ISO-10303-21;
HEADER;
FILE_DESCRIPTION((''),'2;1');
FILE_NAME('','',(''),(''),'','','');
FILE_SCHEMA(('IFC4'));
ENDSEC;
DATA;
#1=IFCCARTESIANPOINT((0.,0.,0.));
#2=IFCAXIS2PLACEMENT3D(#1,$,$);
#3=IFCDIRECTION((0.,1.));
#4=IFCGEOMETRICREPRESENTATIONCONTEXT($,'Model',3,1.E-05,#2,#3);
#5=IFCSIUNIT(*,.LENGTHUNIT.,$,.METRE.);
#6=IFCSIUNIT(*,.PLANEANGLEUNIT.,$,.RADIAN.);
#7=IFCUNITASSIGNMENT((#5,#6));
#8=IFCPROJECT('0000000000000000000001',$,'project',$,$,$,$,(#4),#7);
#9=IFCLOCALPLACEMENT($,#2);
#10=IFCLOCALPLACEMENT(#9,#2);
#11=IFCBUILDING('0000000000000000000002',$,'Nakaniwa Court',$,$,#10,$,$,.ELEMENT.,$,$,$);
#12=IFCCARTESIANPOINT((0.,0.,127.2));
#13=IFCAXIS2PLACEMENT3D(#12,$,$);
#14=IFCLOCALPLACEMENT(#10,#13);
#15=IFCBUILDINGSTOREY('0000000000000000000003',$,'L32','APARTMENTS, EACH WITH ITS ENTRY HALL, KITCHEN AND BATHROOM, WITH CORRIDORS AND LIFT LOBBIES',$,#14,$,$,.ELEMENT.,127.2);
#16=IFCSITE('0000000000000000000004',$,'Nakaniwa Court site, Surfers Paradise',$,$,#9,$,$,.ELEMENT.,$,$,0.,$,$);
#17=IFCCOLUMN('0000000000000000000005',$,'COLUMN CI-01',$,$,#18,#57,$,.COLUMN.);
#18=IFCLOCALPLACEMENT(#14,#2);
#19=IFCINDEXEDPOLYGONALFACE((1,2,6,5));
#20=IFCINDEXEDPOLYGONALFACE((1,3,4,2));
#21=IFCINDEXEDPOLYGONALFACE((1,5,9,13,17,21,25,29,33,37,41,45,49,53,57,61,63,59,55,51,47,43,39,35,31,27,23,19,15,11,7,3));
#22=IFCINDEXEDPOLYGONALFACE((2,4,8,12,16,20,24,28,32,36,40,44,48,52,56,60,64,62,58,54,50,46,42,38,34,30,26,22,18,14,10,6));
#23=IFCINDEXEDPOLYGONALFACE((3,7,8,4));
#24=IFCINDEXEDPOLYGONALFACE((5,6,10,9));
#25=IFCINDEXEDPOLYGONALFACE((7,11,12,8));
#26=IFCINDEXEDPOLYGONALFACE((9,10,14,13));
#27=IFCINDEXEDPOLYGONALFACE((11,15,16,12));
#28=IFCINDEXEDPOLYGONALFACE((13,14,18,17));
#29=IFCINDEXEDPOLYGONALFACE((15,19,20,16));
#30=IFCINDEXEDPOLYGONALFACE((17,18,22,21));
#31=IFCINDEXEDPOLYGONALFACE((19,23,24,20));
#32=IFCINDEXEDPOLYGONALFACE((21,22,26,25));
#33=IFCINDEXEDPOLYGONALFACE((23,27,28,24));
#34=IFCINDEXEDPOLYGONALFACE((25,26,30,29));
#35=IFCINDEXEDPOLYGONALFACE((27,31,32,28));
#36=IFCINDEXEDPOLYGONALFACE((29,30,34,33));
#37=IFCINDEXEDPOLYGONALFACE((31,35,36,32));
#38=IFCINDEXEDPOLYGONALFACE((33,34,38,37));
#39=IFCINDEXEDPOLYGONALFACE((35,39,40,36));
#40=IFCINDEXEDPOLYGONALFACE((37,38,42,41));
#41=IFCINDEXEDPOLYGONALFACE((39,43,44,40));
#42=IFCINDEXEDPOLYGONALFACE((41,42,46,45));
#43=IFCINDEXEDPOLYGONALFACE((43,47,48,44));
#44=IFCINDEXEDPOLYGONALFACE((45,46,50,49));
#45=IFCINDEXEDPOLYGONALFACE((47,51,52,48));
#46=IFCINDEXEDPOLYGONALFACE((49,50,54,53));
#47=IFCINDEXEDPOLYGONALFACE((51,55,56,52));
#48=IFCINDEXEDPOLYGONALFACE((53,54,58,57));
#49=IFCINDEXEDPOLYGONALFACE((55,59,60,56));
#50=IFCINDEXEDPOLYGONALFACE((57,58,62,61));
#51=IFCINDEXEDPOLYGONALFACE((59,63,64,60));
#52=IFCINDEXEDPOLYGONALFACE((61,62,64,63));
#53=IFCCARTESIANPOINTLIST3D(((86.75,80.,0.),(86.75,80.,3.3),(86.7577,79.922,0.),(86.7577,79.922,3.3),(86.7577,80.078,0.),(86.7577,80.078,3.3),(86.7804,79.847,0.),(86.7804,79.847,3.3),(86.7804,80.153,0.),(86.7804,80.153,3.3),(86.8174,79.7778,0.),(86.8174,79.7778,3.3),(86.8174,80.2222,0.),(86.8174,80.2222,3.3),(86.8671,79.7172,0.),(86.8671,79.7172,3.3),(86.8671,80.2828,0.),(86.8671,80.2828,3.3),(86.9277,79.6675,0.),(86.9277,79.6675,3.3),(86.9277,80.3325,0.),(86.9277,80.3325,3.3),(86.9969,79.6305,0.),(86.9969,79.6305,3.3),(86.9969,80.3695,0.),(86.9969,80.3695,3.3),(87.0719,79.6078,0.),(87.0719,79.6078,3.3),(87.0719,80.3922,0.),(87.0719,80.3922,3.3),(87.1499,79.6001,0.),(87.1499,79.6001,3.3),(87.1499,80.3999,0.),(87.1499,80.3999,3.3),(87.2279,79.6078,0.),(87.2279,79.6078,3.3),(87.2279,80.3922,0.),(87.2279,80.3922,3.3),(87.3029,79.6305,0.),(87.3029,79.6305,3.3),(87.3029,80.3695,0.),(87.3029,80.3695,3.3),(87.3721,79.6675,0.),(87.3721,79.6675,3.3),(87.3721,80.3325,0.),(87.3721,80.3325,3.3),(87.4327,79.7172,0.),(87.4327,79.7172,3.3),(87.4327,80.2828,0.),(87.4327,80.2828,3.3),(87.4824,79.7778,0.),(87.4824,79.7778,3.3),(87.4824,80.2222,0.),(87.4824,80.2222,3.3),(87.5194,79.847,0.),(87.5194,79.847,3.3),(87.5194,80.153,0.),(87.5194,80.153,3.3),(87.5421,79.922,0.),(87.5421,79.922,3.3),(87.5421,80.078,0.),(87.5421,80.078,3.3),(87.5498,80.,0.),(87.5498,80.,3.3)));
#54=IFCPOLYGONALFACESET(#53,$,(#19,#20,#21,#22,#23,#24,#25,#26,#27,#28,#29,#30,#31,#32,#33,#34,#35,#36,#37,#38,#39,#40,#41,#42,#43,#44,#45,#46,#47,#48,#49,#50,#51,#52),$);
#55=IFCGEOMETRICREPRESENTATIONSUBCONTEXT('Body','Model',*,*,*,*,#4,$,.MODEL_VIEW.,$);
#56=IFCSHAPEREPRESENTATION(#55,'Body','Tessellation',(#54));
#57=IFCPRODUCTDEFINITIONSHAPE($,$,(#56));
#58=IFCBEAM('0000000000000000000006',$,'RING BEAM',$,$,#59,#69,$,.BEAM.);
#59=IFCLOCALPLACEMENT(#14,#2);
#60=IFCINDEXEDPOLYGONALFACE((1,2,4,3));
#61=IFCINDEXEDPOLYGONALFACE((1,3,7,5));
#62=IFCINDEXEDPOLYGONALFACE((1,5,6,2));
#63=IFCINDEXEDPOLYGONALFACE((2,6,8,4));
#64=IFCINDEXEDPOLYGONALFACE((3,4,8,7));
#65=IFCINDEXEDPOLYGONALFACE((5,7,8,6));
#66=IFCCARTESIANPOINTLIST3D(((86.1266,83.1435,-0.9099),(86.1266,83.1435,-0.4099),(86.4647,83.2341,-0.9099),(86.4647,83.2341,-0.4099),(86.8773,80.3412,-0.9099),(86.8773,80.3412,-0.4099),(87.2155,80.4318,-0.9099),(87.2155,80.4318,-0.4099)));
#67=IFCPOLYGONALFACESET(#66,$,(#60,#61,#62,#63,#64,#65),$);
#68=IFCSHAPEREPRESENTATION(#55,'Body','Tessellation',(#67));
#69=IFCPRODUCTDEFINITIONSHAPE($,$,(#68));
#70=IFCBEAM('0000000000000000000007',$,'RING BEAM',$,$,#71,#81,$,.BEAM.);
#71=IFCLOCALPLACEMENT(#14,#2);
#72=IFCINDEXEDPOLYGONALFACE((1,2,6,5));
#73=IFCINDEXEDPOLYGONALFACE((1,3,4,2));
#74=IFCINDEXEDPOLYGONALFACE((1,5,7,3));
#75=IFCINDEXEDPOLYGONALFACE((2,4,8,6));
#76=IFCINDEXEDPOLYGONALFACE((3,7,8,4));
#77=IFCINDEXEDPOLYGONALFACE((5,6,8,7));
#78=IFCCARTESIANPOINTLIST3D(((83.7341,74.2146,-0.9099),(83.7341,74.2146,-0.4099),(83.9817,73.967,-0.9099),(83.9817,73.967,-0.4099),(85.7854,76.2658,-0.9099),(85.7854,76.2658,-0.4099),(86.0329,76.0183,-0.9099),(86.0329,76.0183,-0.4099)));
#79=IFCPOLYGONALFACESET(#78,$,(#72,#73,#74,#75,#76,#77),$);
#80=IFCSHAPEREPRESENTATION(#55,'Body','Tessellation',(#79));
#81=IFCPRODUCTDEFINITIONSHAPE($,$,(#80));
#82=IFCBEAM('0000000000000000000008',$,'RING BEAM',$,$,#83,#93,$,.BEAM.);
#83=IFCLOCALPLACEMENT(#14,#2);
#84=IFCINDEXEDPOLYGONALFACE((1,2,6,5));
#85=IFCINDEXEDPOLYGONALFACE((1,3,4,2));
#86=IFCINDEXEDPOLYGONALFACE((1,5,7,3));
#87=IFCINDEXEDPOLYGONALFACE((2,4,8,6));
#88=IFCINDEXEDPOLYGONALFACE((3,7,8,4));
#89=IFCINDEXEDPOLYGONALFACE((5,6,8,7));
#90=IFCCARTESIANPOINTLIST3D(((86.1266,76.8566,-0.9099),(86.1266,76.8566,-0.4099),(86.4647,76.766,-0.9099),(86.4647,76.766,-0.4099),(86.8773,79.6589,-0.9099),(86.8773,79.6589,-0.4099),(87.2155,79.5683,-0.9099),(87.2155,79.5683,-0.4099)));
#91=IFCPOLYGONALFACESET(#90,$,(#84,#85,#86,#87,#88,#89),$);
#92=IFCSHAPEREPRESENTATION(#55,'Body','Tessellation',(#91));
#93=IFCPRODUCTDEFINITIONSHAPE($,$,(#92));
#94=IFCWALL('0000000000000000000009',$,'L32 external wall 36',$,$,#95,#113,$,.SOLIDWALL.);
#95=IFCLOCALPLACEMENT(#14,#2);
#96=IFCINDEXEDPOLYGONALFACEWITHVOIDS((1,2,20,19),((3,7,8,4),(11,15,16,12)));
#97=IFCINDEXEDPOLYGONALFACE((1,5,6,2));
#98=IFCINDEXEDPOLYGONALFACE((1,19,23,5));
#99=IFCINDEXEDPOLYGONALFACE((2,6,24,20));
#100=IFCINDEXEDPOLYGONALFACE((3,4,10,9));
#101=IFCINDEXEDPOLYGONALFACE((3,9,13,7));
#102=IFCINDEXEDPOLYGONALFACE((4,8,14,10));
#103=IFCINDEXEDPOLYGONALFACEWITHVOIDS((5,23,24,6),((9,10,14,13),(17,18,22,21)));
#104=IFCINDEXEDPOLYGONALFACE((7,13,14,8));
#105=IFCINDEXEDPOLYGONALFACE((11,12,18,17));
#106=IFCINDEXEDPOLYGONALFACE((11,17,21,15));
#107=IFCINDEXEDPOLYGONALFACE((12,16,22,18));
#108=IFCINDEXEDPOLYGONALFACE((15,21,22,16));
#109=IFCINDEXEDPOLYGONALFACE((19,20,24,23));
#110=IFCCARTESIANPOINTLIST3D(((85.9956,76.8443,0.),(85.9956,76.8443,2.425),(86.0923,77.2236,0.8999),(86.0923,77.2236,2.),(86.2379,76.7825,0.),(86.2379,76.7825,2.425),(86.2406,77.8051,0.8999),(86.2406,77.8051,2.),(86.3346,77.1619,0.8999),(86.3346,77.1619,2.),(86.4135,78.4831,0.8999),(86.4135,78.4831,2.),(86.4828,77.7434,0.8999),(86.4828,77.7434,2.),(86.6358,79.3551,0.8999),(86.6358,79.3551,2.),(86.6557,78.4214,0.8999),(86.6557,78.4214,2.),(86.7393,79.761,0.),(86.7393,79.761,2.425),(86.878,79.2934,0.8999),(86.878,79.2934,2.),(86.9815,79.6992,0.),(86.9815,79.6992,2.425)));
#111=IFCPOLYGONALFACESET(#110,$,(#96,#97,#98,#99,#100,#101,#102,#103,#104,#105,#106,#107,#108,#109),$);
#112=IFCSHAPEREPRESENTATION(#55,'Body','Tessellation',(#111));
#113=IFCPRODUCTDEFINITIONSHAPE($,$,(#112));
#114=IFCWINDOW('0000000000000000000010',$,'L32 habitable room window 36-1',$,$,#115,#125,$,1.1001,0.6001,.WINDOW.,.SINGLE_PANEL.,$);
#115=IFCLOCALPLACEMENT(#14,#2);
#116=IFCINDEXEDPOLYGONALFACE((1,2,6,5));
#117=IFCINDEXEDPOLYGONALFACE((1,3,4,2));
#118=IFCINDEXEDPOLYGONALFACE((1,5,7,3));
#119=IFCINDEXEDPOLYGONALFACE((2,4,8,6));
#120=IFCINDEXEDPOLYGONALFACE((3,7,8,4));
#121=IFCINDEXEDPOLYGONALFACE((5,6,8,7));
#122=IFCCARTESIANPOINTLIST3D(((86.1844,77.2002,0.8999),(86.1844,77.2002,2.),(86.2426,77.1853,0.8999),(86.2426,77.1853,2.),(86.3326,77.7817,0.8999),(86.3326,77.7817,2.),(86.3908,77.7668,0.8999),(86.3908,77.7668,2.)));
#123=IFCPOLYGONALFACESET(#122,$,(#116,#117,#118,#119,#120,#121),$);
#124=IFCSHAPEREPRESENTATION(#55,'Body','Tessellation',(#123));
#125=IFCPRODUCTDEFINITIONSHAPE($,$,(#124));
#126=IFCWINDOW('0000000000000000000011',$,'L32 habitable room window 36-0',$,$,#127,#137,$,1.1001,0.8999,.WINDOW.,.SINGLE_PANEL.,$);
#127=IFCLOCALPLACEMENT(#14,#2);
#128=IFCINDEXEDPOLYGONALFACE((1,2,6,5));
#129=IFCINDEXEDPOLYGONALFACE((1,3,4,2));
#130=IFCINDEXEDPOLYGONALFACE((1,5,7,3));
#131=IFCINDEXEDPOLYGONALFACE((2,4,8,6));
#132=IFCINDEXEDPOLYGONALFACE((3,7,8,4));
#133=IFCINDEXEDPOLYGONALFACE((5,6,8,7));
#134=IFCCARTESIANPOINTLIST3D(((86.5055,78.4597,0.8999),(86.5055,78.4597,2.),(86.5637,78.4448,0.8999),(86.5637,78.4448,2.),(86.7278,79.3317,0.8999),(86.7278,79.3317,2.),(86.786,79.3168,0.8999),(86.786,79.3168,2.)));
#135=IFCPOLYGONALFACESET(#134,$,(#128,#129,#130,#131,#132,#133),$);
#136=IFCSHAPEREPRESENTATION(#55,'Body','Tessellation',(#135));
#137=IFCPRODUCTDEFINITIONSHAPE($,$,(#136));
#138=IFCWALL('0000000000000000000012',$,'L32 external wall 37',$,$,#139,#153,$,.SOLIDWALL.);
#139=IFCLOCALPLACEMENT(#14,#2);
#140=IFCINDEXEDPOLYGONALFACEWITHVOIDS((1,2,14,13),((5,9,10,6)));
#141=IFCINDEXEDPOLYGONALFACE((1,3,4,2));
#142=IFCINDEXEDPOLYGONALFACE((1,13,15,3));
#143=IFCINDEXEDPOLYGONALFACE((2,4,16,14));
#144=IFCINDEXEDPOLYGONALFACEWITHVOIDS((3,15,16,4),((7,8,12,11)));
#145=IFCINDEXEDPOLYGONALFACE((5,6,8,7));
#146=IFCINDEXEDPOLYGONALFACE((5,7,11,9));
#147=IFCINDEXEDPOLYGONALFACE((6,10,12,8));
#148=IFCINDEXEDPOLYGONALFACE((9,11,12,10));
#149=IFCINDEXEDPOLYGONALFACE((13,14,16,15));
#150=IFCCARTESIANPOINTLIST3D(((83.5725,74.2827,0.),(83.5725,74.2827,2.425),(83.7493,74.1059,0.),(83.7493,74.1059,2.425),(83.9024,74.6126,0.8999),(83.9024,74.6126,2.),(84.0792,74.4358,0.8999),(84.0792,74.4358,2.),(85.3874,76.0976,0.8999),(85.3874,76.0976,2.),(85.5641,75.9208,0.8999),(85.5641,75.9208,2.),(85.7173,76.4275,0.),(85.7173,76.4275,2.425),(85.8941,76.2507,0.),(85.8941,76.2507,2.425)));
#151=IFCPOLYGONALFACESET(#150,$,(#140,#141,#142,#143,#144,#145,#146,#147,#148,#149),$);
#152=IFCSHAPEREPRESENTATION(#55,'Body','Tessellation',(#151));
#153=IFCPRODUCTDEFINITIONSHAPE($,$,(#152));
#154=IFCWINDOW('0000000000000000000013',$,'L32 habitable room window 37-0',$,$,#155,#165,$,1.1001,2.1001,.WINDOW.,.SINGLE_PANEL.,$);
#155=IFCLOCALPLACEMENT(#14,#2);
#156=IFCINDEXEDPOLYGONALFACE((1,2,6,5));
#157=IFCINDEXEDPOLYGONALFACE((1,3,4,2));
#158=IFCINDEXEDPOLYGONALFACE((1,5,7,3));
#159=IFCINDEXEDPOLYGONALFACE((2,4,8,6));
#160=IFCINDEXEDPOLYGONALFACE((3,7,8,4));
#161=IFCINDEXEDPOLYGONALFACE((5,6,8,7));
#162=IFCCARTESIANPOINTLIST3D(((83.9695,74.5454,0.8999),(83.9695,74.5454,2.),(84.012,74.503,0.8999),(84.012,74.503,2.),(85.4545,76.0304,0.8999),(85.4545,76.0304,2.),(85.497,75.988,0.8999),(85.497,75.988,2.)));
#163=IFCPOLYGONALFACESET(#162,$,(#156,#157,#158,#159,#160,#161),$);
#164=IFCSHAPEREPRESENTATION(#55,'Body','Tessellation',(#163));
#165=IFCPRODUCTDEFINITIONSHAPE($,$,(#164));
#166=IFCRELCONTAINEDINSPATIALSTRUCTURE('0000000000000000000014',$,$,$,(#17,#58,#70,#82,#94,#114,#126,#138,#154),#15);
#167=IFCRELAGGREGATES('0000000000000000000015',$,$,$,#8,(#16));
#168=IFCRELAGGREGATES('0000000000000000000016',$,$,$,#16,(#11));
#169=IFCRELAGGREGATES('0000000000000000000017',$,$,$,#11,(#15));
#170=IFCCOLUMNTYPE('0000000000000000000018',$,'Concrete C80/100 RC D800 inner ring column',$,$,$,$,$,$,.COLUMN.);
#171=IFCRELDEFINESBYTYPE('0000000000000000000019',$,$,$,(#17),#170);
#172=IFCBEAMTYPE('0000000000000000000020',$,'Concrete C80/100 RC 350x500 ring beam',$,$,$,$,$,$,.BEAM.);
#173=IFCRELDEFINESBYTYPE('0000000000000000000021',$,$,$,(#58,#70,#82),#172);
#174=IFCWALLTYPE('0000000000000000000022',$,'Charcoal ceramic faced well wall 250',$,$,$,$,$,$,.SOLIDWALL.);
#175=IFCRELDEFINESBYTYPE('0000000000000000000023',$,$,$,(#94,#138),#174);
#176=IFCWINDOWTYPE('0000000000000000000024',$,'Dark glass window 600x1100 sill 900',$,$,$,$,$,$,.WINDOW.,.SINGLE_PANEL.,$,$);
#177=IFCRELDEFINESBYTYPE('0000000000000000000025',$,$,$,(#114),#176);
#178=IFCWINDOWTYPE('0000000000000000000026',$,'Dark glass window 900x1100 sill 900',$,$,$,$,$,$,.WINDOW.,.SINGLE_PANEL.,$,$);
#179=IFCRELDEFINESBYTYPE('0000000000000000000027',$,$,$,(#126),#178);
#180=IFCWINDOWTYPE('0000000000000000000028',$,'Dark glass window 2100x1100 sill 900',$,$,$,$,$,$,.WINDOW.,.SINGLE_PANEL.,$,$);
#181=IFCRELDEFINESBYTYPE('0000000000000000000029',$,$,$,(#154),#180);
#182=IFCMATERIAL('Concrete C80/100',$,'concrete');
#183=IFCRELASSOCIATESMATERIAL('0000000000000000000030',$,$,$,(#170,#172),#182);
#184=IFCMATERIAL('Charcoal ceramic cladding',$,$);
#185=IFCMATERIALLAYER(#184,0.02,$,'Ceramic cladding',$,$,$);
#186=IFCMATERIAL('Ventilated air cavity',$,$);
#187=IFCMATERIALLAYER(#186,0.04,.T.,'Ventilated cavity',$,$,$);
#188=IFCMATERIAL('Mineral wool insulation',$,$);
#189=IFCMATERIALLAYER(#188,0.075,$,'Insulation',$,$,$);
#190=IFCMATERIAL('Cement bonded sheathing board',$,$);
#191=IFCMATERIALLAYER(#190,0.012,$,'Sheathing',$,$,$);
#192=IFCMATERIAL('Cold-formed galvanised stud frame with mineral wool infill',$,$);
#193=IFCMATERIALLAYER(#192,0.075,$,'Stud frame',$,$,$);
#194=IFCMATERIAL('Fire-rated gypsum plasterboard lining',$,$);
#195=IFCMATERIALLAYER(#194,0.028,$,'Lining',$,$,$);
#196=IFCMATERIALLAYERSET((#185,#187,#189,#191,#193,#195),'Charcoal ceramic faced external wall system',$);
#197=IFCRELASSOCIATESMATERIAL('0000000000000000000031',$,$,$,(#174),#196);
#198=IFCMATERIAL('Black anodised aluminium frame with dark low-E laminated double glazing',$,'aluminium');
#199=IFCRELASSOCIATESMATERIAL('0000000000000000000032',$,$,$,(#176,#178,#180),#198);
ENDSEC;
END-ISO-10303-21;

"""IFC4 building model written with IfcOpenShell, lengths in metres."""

from ifc_helpers import new_model, si_unit, direction, frame, frame_2d, origin, origin_2d, place, context, subcontext, project, spatial, rectangle, circle, extrude, material, layer, layer_set, material_profile, profile_set, type_object, element, fill, save


model = new_model("IFC4")

# Units and contexts
model_context = context("Model", 3, precision=1e-05, world=origin(), true_north=direction((0.0, 1.0)))
body_context = subcontext(model_context, "Body", "Model", "MODEL_VIEW")
ifc_project = project(units=[si_unit("LENGTHUNIT", "METRE"), si_unit("PLANEANGLEUNIT", "RADIAN")], contexts=[model_context])

# Site, building, storey
site_placement = place(None, origin())
site = spatial("IfcSite", under=ifc_project, at=site_placement, Name="Nakaniwa Court site, Surfers Paradise", CompositionType="ELEMENT", RefElevation=0.0)
building_placement = place(site_placement, origin())
building = spatial("IfcBuilding", under=site, at=building_placement, Name="Nakaniwa Court", CompositionType="ELEMENT")
storey_placement = place(building_placement, frame((0.0, 0.0, 127.2)))
storey = spatial("IfcBuildingStorey", under=building, at=storey_placement, Name="L32", Description="APARTMENTS, EACH WITH ITS ENTRY HALL, KITCHEN AND BATHROOM, WITH CORRIDORS AND LIFT LOBBIES", CompositionType="ELEMENT", Elevation=127.2)

# Column
ifc_material_1 = material(Name="Concrete C80/100", Category="concrete")
ifc_material_profile_1 = material_profile(ifc_material_1, circle(Radius=0.3999, at=origin_2d()), Name="Concrete C80/100 RC D800 inner ring column")
ifc_profile_set_1 = profile_set([ifc_material_profile_1], Name="Concrete C80/100")
column_type = type_object("IfcColumnType", Name="Concrete C80/100 RC D800 inner ring column", PredefinedType="COLUMN", material=ifc_profile_set_1)
for number, where, z_axis, x_axis, name in (
    (1, (87.1499, 80.0, 0.0), (0.0, 0.0, 1.0), (0.0, 1.0, 0.0), "COLUMN CI-01"),
):
    element("IfcColumn", number, at=place(storey_placement, frame(where, z_axis=z_axis, x_axis=x_axis)), inside=storey, type_object=column_type, Name=name, PredefinedType="COLUMN", context=body_context, shape_type="SweptSolid", body=[
        extrude(circle(Radius=0.3999, at=origin_2d()), origin(), (0.0, 0.0, 1.0), 3.3),
    ])

# Beams
ifc_material_profile_2 = material_profile(ifc_material_1, rectangle(XDim=0.3501, YDim=0.5, at=origin_2d()), Name="Concrete C80/100 RC 350x500 ring beam")
ifc_profile_set_2 = profile_set([ifc_material_profile_2], Name="Concrete C80/100")
beam_type = type_object("IfcBeamType", Name="Concrete C80/100 RC 350x500 ring beam", PredefinedType="BEAM", material=ifc_profile_set_2)
beam_1_placement = place(storey_placement, frame((87.0464, 80.3865, -0.6599), z_axis=(-0.258778, 0.965937, 0.0), x_axis=(-0.965937, -0.258778, 0.0)))
element("IfcBeam", 2, at=beam_1_placement, inside=storey, type_object=beam_type, Name="RING BEAM", PredefinedType="BEAM", context=body_context, shape_type="SweptSolid", body=[
    extrude(rectangle(XDim=0.3501, YDim=0.5, at=origin_2d()), origin(), (0.0, 0.0, 1.0), 2.9011),
])
beam_2_placement = place(storey_placement, frame((83.8579, 74.0908, -0.6599), z_axis=(0.707107, 0.707107, 0.0), x_axis=(-0.707107, 0.707107, 0.0)))
element("IfcBeam", 3, at=beam_2_placement, inside=storey, type_object=beam_type, Name="RING BEAM", PredefinedType="BEAM", context=body_context, shape_type="SweptSolid", body=[
    extrude(rectangle(XDim=0.3501, YDim=0.5, at=origin_2d()), origin(), (0.0, 0.0, 1.0), 2.9009),
])
beam_3_placement = place(storey_placement, frame((86.2957, 76.8113, -0.6599), z_axis=(0.258778, 0.965937, 0.0), x_axis=(-0.965937, 0.258778, 0.0)))
element("IfcBeam", 4, at=beam_3_placement, inside=storey, type_object=beam_type, Name="RING BEAM", PredefinedType="BEAM", context=body_context, shape_type="SweptSolid", body=[
    extrude(rectangle(XDim=0.3501, YDim=0.5, at=origin_2d()), origin(), (0.0, 0.0, 1.0), 2.9011),
])

# Wall, openings, windows
ifc_material_2 = material(Name="Charcoal ceramic cladding")
ifc_layer_1 = layer(ifc_material_2, 0.02, Name="Ceramic cladding")
ifc_material_3 = material(Name="Ventilated air cavity")
ifc_layer_2 = layer(ifc_material_3, 0.04, ventilated=True, Name="Ventilated cavity")
ifc_material_4 = material(Name="Mineral wool insulation")
ifc_layer_3 = layer(ifc_material_4, 0.075, Name="Insulation")
ifc_material_5 = material(Name="Cement bonded sheathing board")
ifc_layer_4 = layer(ifc_material_5, 0.012, Name="Sheathing")
ifc_material_6 = material(Name="Cold-formed galvanised stud frame with mineral wool infill")
ifc_layer_5 = layer(ifc_material_6, 0.075, Name="Stud frame")
ifc_material_7 = material(Name="Fire-rated gypsum plasterboard lining")
ifc_layer_6 = layer(ifc_material_7, 0.028, Name="Lining")
ifc_layer_set_1 = layer_set([ifc_layer_1, ifc_layer_2, ifc_layer_3, ifc_layer_4, ifc_layer_5, ifc_layer_6], Name="Charcoal ceramic faced external wall system")
wall_type_1 = type_object("IfcWallType", Name="Charcoal ceramic faced well wall 250", PredefinedType="SOLIDWALL", material=ifc_layer_set_1)
wall_1_placement = place(storey_placement, frame((86.8604, 79.73, 0.0), z_axis=(0.0, 0.0, 1.0), x_axis=(-0.247056, -0.969001, 0.0)))
wall_1 = element("IfcWall", 5, at=wall_1_placement, inside=storey, type_object=wall_type_1, Name="L32 external wall 36", PredefinedType="SOLIDWALL", context=body_context, shape_type="SweptSolid", body=[
    extrude(rectangle(XDim=3.01, YDim=0.25, at=frame_2d((1.5049, 0.0))), origin(), (0.0, 0.0, 1.0), 2.425),
])
opening_1_placement = place(wall_1_placement, frame((0.4187, 0.0, 0.8999)))
opening_1 = element("IfcOpeningElement", 6, at=opening_1_placement, cuts=wall_1, PredefinedType="OPENING", context=body_context, shape_type="SweptSolid", body=[
    extrude(rectangle(XDim=0.8999, YDim=1.1001, at=frame_2d((0.45, 0.55))), frame((0.0, 0.135, 0.0), z_axis=(0.0, -1.0, 0.0), x_axis=(1.0, 0.0, 0.0)), (0.0, 0.0, 1.0), 0.27),
])
opening_2_placement = place(wall_1_placement, frame((2.0183, 0.0, 0.8999)))
opening_2 = element("IfcOpeningElement", 7, at=opening_2_placement, cuts=wall_1, PredefinedType="OPENING", context=body_context, shape_type="SweptSolid", body=[
    extrude(rectangle(XDim=0.6001, YDim=1.1001, at=frame_2d((0.3, 0.55))), frame((0.0, 0.135, 0.0), z_axis=(0.0, -1.0, 0.0), x_axis=(1.0, 0.0, 0.0)), (0.0, 0.0, 1.0), 0.27),
])
ifc_material_8 = material(Name="Black anodised aluminium frame with dark low-E laminated double glazing", Category="aluminium")
window_type_1 = type_object("IfcWindowType", Name="Dark glass window 600x1100 sill 900", PartitioningType="SINGLE_PANEL", PredefinedType="WINDOW", material=ifc_material_8)
window_1_placement = place(opening_2_placement, origin())
window_1 = element("IfcWindow", 8, at=window_1_placement, inside=storey, type_object=window_type_1, Name="L32 habitable room window 36-1", OverallHeight=1.1001, OverallWidth=0.6001, PartitioningType="SINGLE_PANEL", PredefinedType="WINDOW", context=body_context, shape_type="SweptSolid", body=[
    extrude(rectangle(XDim=0.6001, YDim=1.1001, at=frame_2d((0.3, 0.55))), frame((0.0, 0.03, 0.0), z_axis=(0.0, -1.0, 0.0), x_axis=(1.0, 0.0, 0.0)), (0.0, 0.0, 1.0), 0.0601),
])
fill(opening_2, window_1)
window_type_2 = type_object("IfcWindowType", Name="Dark glass window 900x1100 sill 900", PartitioningType="SINGLE_PANEL", PredefinedType="WINDOW", material=ifc_material_8)
window_2_placement = place(opening_1_placement, origin())
window_2 = element("IfcWindow", 9, at=window_2_placement, inside=storey, type_object=window_type_2, Name="L32 habitable room window 36-0", OverallHeight=1.1001, OverallWidth=0.8999, PartitioningType="SINGLE_PANEL", PredefinedType="WINDOW", context=body_context, shape_type="SweptSolid", body=[
    extrude(rectangle(XDim=0.8999, YDim=1.1001, at=frame_2d((0.45, 0.55))), frame((0.0, 0.03, 0.0), z_axis=(0.0, -1.0, 0.0), x_axis=(1.0, 0.0, 0.0)), (0.0, 0.0, 1.0), 0.0601),
])
fill(opening_1, window_2)

# Wall, opening, window
wall_2_placement = place(storey_placement, frame((85.8057, 76.3391, 0.0), z_axis=(0.0, 0.0, 1.0), x_axis=(-0.707107, -0.707107, 0.0)))
wall_2 = element("IfcWall", 10, at=wall_2_placement, inside=storey, type_object=wall_type_1, Name="L32 external wall 37", PredefinedType="SOLIDWALL", context=body_context, shape_type="SweptSolid", body=[
    extrude(rectangle(XDim=3.0332, YDim=0.25, at=frame_2d((1.5166, 0.0))), origin(), (0.0, 0.0, 1.0), 2.425),
])
opening_3_placement = place(wall_2_placement, frame((0.4666, 0.0, 0.8999)))
opening_3 = element("IfcOpeningElement", 11, at=opening_3_placement, cuts=wall_2, PredefinedType="OPENING", context=body_context, shape_type="SweptSolid", body=[
    extrude(rectangle(XDim=2.1001, YDim=1.1001, at=frame_2d((1.05, 0.55))), frame((0.0, 0.135, 0.0), z_axis=(0.0, -1.0, 0.0), x_axis=(1.0, 0.0, 0.0)), (0.0, 0.0, 1.0), 0.27),
])
window_type_3 = type_object("IfcWindowType", Name="Dark glass window 2100x1100 sill 900", PartitioningType="SINGLE_PANEL", PredefinedType="WINDOW", material=ifc_material_8)
window_3_placement = place(opening_3_placement, origin())
window_3 = element("IfcWindow", 12, at=window_3_placement, inside=storey, type_object=window_type_3, Name="L32 habitable room window 37-0", OverallHeight=1.1001, OverallWidth=2.1001, PartitioningType="SINGLE_PANEL", PredefinedType="WINDOW", context=body_context, shape_type="SweptSolid", body=[
    extrude(rectangle(XDim=2.1001, YDim=1.1001, at=frame_2d((1.05, 0.55))), frame((0.0, 0.03, 0.0), z_axis=(0.0, -1.0, 0.0), x_axis=(1.0, 0.0, 0.0)), (0.0, 0.0, 1.0), 0.0601),
])
fill(opening_3, window_3)

save(model, "model.ifc")
